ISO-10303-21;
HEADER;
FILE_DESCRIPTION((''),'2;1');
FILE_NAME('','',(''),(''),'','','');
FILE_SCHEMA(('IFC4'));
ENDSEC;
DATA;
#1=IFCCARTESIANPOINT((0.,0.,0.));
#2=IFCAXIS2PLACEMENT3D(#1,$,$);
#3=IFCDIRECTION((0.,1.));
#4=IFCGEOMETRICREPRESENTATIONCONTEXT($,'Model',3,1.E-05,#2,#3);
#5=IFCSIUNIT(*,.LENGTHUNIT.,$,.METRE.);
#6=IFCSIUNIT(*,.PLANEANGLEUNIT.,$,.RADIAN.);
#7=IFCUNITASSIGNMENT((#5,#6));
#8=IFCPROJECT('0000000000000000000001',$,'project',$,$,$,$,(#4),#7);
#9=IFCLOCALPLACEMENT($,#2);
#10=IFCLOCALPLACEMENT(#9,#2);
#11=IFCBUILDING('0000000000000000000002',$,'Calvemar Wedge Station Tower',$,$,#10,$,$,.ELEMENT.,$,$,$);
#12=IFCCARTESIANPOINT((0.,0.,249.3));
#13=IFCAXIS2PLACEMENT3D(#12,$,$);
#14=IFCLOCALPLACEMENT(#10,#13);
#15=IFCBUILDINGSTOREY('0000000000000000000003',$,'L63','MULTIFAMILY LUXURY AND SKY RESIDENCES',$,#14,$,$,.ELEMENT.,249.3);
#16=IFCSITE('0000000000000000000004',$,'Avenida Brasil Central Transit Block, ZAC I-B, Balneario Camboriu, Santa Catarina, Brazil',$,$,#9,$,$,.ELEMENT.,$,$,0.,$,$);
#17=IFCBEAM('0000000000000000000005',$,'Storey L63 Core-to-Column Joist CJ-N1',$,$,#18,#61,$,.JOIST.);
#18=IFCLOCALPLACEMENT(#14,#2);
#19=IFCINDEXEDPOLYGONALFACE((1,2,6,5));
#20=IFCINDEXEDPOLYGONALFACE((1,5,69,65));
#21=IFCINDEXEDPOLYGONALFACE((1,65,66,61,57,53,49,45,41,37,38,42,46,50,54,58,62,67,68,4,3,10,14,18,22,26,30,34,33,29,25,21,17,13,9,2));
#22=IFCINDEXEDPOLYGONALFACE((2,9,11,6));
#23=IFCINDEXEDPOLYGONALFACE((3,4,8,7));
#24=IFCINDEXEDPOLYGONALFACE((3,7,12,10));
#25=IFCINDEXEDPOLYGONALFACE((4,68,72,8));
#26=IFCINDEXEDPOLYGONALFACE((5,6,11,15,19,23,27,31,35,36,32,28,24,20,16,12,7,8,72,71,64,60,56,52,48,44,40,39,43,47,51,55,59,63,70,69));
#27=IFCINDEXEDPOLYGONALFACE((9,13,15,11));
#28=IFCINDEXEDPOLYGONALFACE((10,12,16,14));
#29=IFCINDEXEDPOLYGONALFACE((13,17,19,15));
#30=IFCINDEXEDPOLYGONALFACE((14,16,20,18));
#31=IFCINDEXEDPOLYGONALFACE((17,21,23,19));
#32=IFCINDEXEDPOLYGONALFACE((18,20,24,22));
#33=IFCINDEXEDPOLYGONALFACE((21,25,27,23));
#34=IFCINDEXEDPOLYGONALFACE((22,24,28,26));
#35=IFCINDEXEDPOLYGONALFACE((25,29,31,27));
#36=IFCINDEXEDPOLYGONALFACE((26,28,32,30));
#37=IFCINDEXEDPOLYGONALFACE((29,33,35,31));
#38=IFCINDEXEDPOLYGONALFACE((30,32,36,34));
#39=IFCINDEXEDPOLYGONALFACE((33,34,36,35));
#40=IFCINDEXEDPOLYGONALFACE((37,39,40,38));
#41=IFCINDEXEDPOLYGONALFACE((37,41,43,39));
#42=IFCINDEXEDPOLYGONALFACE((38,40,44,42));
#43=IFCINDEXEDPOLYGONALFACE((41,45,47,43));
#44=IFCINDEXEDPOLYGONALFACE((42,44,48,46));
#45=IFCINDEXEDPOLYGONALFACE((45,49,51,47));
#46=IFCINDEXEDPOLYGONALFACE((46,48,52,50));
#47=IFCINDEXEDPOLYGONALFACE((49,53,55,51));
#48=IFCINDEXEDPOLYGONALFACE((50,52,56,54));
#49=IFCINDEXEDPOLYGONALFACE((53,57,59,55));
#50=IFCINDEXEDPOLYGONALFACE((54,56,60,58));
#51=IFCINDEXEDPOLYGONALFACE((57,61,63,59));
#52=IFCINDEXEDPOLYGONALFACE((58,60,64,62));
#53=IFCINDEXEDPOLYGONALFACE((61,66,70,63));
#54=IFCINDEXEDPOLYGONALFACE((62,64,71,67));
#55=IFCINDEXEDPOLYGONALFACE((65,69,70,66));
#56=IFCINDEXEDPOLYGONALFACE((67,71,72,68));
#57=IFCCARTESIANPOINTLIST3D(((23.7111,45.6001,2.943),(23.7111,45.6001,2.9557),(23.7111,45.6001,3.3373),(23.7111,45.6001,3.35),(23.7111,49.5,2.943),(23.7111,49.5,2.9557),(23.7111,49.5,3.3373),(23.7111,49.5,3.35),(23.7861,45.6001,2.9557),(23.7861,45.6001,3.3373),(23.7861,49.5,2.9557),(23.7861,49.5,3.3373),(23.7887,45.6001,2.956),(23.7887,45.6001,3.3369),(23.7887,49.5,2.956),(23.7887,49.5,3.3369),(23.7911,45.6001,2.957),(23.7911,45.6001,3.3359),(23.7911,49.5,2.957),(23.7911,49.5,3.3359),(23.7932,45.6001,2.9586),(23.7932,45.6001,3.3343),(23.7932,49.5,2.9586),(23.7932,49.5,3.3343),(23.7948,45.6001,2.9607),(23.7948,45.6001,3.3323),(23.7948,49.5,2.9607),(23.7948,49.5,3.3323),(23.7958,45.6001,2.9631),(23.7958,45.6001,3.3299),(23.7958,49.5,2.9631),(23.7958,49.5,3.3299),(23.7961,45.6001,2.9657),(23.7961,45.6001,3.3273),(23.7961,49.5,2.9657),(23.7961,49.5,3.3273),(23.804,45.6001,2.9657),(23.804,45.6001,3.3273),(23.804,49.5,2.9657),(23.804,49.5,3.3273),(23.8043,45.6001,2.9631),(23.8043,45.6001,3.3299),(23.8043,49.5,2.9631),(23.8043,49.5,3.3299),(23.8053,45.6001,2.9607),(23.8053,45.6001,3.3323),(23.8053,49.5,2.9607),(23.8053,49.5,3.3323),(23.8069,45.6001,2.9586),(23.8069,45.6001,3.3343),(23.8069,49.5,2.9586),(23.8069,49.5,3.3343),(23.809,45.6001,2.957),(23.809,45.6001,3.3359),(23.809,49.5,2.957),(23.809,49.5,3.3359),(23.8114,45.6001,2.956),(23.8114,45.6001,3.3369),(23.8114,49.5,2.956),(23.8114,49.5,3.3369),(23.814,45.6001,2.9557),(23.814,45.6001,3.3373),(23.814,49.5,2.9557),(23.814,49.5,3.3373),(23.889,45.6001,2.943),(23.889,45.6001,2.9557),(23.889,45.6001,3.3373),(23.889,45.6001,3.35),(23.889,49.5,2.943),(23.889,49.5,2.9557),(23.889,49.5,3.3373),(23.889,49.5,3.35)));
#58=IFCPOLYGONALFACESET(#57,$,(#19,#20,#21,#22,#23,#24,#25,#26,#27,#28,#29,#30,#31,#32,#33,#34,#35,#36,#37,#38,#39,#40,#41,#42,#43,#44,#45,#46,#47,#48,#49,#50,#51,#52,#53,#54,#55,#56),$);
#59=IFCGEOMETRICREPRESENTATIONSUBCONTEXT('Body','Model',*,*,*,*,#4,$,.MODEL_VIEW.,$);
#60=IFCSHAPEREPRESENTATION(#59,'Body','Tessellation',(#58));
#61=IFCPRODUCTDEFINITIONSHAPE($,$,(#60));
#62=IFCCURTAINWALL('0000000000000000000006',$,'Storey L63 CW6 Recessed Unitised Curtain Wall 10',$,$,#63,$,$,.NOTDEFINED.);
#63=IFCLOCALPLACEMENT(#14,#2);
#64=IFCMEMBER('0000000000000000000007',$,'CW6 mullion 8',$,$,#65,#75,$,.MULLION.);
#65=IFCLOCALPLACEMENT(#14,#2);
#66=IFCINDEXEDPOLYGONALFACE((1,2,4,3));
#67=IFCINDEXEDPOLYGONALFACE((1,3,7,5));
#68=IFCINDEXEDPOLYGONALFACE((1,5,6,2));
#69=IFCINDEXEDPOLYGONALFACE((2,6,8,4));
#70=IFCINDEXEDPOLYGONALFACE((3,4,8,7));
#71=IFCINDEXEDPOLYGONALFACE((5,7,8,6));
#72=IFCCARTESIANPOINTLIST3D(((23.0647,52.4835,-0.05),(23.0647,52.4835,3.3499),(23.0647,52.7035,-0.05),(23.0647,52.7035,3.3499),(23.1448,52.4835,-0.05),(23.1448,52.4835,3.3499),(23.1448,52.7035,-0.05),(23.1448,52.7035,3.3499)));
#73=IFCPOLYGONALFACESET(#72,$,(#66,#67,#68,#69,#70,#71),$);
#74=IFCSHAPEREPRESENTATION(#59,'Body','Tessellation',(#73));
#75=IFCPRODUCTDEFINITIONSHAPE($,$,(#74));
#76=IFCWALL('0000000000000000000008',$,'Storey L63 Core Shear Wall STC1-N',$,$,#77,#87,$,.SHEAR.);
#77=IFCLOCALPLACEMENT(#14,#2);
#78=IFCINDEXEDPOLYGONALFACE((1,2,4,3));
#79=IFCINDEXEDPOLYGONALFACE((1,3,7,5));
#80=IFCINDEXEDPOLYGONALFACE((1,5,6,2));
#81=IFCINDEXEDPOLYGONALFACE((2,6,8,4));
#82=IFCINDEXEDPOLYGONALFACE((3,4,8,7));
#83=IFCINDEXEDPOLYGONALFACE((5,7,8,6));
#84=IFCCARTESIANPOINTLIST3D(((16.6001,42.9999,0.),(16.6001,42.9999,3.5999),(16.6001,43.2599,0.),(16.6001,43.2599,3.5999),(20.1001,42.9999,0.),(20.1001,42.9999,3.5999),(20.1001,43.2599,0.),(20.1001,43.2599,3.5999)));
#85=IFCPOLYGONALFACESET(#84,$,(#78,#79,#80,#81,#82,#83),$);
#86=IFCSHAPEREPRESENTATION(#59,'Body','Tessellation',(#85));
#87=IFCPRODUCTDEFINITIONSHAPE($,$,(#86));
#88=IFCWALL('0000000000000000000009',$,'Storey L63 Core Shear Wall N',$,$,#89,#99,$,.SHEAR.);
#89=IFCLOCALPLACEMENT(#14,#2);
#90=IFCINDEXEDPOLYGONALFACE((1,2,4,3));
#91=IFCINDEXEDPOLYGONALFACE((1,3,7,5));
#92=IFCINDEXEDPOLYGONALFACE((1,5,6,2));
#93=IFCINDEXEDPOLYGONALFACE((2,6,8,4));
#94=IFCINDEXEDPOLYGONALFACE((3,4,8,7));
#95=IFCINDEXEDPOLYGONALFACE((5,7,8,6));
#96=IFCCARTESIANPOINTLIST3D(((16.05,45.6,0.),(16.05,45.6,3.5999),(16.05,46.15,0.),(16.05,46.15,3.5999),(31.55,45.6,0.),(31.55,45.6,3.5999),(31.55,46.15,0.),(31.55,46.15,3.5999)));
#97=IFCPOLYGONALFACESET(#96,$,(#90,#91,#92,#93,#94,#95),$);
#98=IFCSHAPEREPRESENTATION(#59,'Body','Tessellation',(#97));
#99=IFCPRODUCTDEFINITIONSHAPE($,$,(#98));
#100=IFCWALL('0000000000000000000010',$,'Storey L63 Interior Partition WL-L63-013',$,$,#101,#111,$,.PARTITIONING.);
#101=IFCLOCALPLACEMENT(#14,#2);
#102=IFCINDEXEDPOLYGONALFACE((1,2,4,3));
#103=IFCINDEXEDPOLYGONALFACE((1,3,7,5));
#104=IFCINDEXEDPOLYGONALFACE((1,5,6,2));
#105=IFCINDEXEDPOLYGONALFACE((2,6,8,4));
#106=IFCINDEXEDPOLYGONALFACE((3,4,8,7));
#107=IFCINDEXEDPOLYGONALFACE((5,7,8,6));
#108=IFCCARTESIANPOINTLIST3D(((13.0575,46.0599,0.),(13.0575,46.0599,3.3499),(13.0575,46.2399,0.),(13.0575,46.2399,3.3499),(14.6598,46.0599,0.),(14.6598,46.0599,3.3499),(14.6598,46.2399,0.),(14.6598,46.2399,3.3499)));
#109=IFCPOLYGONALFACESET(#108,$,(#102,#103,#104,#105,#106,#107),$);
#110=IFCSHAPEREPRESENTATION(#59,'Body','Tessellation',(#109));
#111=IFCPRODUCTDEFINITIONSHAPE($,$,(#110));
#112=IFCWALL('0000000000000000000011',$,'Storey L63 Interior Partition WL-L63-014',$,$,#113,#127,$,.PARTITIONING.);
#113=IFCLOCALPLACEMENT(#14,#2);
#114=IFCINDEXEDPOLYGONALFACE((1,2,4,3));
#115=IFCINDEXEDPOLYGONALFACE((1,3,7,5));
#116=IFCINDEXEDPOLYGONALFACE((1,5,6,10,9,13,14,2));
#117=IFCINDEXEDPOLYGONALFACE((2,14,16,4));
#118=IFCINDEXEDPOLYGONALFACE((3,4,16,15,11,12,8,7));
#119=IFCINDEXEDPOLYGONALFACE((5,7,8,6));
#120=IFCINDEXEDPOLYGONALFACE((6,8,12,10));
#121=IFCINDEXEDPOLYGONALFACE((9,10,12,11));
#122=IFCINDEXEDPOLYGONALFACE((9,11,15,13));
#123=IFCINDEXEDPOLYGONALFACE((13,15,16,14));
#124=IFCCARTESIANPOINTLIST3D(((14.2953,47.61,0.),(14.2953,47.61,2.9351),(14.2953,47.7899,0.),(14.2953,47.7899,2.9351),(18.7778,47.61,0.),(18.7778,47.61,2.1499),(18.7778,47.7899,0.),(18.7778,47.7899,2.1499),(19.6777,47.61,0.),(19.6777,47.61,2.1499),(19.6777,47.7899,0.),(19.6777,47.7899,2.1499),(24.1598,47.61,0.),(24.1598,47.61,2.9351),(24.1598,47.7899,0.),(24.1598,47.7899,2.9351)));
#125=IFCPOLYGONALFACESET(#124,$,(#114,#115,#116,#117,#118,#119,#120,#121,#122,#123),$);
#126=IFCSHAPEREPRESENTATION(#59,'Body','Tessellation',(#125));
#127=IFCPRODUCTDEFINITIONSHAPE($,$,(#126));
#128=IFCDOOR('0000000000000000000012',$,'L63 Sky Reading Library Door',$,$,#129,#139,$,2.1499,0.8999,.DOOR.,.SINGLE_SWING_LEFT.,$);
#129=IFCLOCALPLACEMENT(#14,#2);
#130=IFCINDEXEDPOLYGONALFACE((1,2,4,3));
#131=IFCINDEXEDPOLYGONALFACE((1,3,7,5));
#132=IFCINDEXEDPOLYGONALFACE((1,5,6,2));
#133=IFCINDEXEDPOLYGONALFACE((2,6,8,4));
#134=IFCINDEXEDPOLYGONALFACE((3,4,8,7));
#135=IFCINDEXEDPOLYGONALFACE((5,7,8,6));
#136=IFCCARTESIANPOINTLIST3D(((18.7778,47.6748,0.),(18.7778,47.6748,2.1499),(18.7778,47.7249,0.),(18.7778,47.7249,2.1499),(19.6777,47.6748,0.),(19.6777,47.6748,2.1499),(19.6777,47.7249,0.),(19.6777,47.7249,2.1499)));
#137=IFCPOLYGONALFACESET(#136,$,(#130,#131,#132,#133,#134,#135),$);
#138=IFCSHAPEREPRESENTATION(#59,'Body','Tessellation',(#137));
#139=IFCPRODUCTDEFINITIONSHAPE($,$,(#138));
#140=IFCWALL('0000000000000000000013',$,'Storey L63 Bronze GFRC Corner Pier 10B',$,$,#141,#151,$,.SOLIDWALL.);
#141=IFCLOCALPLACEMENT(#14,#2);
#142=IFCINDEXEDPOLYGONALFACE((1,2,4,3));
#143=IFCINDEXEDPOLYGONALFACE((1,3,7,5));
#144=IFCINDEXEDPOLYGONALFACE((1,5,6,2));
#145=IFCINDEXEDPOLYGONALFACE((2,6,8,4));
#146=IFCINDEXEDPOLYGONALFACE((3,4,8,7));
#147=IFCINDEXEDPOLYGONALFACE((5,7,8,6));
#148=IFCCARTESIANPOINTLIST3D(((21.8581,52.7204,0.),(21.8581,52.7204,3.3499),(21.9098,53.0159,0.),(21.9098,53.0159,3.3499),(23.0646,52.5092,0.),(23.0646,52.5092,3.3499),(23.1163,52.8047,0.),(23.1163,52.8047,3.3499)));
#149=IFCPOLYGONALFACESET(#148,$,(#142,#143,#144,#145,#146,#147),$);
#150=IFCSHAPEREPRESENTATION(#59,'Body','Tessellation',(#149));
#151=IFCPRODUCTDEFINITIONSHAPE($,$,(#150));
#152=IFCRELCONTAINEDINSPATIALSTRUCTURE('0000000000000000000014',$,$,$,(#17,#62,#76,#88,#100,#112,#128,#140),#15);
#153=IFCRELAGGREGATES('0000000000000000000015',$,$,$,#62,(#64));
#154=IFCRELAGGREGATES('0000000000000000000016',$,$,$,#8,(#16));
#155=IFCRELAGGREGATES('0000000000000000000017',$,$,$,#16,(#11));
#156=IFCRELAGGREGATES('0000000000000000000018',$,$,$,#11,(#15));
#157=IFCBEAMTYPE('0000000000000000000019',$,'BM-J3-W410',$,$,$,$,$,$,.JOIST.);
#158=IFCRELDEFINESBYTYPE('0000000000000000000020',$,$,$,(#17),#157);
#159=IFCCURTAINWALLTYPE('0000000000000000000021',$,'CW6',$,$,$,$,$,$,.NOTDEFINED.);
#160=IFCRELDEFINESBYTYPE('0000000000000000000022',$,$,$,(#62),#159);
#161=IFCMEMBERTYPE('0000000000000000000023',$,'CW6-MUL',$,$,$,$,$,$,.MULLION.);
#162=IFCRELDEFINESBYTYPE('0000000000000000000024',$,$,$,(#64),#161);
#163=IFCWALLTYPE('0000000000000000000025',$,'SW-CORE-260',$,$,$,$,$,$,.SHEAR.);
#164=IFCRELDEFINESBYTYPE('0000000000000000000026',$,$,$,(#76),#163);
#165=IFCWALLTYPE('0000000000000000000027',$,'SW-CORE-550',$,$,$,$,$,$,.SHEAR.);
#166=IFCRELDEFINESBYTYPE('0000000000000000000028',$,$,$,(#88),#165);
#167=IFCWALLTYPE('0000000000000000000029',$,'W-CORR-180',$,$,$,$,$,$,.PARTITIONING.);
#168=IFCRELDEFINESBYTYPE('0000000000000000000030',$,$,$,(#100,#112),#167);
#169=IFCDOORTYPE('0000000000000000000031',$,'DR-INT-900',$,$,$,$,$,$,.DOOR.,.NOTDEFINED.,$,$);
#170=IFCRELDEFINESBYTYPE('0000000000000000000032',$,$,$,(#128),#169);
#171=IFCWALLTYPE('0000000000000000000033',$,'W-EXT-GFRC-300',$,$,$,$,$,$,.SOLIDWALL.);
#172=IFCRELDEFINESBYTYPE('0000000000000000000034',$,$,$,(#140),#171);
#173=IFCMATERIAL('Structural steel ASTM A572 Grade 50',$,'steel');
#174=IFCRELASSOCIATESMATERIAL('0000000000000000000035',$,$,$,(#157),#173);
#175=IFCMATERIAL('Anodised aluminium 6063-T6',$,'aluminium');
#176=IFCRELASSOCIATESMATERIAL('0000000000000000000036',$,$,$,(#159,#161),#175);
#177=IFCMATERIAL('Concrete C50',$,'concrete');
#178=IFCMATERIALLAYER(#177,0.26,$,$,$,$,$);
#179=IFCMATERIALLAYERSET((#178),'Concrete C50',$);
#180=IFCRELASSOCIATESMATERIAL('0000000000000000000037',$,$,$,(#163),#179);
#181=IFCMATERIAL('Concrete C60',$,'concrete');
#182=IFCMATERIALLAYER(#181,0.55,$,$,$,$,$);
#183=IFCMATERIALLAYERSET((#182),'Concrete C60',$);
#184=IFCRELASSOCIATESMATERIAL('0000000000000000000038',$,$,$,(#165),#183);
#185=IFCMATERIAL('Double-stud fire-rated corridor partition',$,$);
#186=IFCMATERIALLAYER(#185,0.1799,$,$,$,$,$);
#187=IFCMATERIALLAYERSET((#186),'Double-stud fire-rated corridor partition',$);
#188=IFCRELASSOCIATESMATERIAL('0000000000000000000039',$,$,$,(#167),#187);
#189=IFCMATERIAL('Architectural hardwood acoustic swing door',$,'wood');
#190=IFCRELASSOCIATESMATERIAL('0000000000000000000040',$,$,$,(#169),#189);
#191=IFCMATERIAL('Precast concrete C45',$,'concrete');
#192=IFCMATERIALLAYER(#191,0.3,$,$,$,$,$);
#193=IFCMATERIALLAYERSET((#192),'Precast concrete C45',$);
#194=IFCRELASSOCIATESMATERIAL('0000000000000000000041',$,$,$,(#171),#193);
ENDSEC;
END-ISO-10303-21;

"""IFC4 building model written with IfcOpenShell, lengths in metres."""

from ifc_helpers import new_model, si_unit, direction, frame, frame_2d, origin, origin_2d, place, context, subcontext, project, spatial, rectangle, i_section, extrude, source, transform, mapped, material, layer, layer_set, material_profile, profile_set, type_object, element, fill, aggregate, save


model = new_model("IFC4")

# Units and contexts
model_context = context("Model", 3, precision=1e-05, world=origin(), true_north=direction((0.0, 1.0)))
body_context = subcontext(model_context, "Body", "Model", "MODEL_VIEW")
ifc_project = project(units=[si_unit("LENGTHUNIT", "METRE"), si_unit("PLANEANGLEUNIT", "RADIAN")], contexts=[model_context])

# Site, building, storey
site_placement = place(None, origin())
site = spatial("IfcSite", under=ifc_project, at=site_placement, Name="Avenida Brasil Central Transit Block, ZAC I-B, Balneario Camboriu, Santa Catarina, Brazil", CompositionType="ELEMENT", RefElevation=0.0)
building_placement = place(site_placement, origin())
building = spatial("IfcBuilding", under=site, at=building_placement, Name="Calvemar Wedge Station Tower", CompositionType="ELEMENT")
storey_placement = place(building_placement, frame((0.0, 0.0, 249.3)))
storey = spatial("IfcBuildingStorey", under=building, at=storey_placement, Name="L63", Description="MULTIFAMILY LUXURY AND SKY RESIDENCES", CompositionType="ELEMENT", Elevation=249.3)

# Beam
ifc_material_1 = material(Name="Structural steel ASTM A572 Grade 50", Category="steel")
ifc_material_profile_1 = material_profile(ifc_material_1, i_section(OverallWidth=0.178, OverallDepth=0.407, WebThickness=0.0078, FlangeThickness=0.0127, FilletRadius=0.01, at=origin_2d()), Name="W410x60")
ifc_profile_set_1 = profile_set([ifc_material_profile_1], Name="Structural steel ASTM A572 Grade 50")
beam_type = type_object("IfcBeamType", Name="BM-J3-W410", PredefinedType="JOIST", material=ifc_profile_set_1)
shared_shape_1 = source(origin(), body_context, "Body", "SweptSolid", [
    extrude(i_section(OverallWidth=0.178, OverallDepth=0.407, WebThickness=0.0078, FlangeThickness=0.0127, FilletRadius=0.01, at=origin_2d()), origin(), (0.0, 0.0, 1.0), 3.8999),
])
beam_placement = place(storey_placement, frame((23.8, 45.6001, 3.1465), z_axis=(0.0, 1.0, 0.0), x_axis=(-1.0, 0.0, 0.0)))
element("IfcBeam", 1, at=beam_placement, inside=storey, type_object=beam_type, Name="Storey L63 Core-to-Column Joist CJ-N1", PredefinedType="JOIST", context=body_context, shape_type="MappedRepresentation", body=[
    mapped(shared_shape_1, transform((0.0, 0.0, 0.0), scale=1.0)),
])

# Curtain wall, member
ifc_material_2 = material(Name="Anodised aluminium 6063-T6", Category="aluminium")
curtain_wall_type = type_object("IfcCurtainWallType", Name="CW6", PredefinedType="NOTDEFINED", material=ifc_material_2)
curtain_wall_placement = place(storey_placement, origin())
curtain_wall = element("IfcCurtainWall", 2, at=curtain_wall_placement, inside=storey, type_object=curtain_wall_type, Name="Storey L63 CW6 Recessed Unitised Curtain Wall 10", PredefinedType="NOTDEFINED")
ifc_material_profile_2 = material_profile(ifc_material_2, rectangle(XDim=0.0801, YDim=0.22, at=origin_2d()), Name="AL-MUL-80x220")
ifc_profile_set_2 = profile_set([ifc_material_profile_2], Name="Anodised aluminium 6063-T6")
member_type = type_object("IfcMemberType", Name="CW6-MUL", PredefinedType="MULLION", material=ifc_profile_set_2)
shared_shape_2 = source(origin(), body_context, "Body", "SweptSolid", [
    extrude(rectangle(XDim=0.0801, YDim=0.22, at=origin_2d()), origin(), (0.0, 0.0, 1.0), 3.3999),
])
member_placement = place(storey_placement, frame((23.1047, 52.5935, -0.05), z_axis=(0.0, 0.0, 1.0), x_axis=(1.0, 0.0, 0.0)))
member = element("IfcMember", 3, at=member_placement, type_object=member_type, Name="CW6 mullion 8", PredefinedType="MULLION", context=body_context, shape_type="MappedRepresentation", body=[
    mapped(shared_shape_2, transform((0.0, 0.0, 0.0), scale=1.0)),
])
aggregate(curtain_wall, [member])

# Walls
ifc_material_3 = material(Name="Concrete C50", Category="concrete")
ifc_layer_1 = layer(ifc_material_3, 0.26)
ifc_layer_set_1 = layer_set([ifc_layer_1], Name="Concrete C50")
wall_type_1 = type_object("IfcWallType", Name="SW-CORE-260", PredefinedType="SHEAR", material=ifc_layer_set_1)
wall_1_placement = place(storey_placement, frame((16.6001, 43.1299, 0.0), z_axis=(0.0, 0.0, 1.0), x_axis=(1.0, 0.0, 0.0)))
element("IfcWall", 4, at=wall_1_placement, inside=storey, type_object=wall_type_1, Name="Storey L63 Core Shear Wall STC1-N", PredefinedType="SHEAR", context=body_context, shape_type="SweptSolid", body=[
    extrude(rectangle(XDim=3.5, YDim=0.26, at=frame_2d((1.75, 0.0))), origin(), (0.0, 0.0, 1.0), 3.5999),
])
ifc_material_4 = material(Name="Concrete C60", Category="concrete")
ifc_layer_2 = layer(ifc_material_4, 0.55)
ifc_layer_set_2 = layer_set([ifc_layer_2], Name="Concrete C60")
wall_type_2 = type_object("IfcWallType", Name="SW-CORE-550", PredefinedType="SHEAR", material=ifc_layer_set_2)
wall_2_placement = place(storey_placement, frame((16.05, 45.875, 0.0), z_axis=(0.0, 0.0, 1.0), x_axis=(1.0, 0.0, 0.0)))
element("IfcWall", 5, at=wall_2_placement, inside=storey, type_object=wall_type_2, Name="Storey L63 Core Shear Wall N", PredefinedType="SHEAR", context=body_context, shape_type="SweptSolid", body=[
    extrude(rectangle(XDim=15.5, YDim=0.55, at=frame_2d((7.75, 0.0))), origin(), (0.0, 0.0, 1.0), 3.5999),
])
ifc_material_5 = material(Name="Double-stud fire-rated corridor partition")
ifc_layer_3 = layer(ifc_material_5, 0.1799)
ifc_layer_set_3 = layer_set([ifc_layer_3], Name="Double-stud fire-rated corridor partition")
wall_type_3 = type_object("IfcWallType", Name="W-CORR-180", PredefinedType="PARTITIONING", material=ifc_layer_set_3)
wall_3_placement = place(storey_placement, frame((14.6599, 46.1499, 0.0), z_axis=(0.0, 0.0, 1.0), x_axis=(-1.0, 0.0, 0.0)))
element("IfcWall", 6, at=wall_3_placement, inside=storey, type_object=wall_type_3, Name="Storey L63 Interior Partition WL-L63-013", PredefinedType="PARTITIONING", context=body_context, shape_type="SweptSolid", body=[
    extrude(rectangle(XDim=1.6023, YDim=0.1799, at=frame_2d((0.8013, 0.0))), origin(), (0.0, 0.0, 1.0), 3.3499),
])

# Wall, opening, door
wall_4_placement = place(storey_placement, frame((14.2954, 47.7, 0.0), z_axis=(0.0, 0.0, 1.0), x_axis=(1.0, 0.0, 0.0)))
wall_4 = element("IfcWall", 7, at=wall_4_placement, inside=storey, type_object=wall_type_3, Name="Storey L63 Interior Partition WL-L63-014", PredefinedType="PARTITIONING", context=body_context, shape_type="SweptSolid", body=[
    extrude(rectangle(XDim=9.8645, YDim=0.1799, at=frame_2d((4.9321, 0.0))), origin(), (0.0, 0.0, 1.0), 2.9351),
])
shared_shape_3 = source(origin(), body_context, "Body", "SweptSolid", [
    extrude(rectangle(XDim=0.8999, YDim=2.1499, at=frame_2d((0.45, 1.075))), frame((0.0, 0.1001, 0.0), z_axis=(0.0, -1.0, 0.0), x_axis=(1.0, 0.0, 0.0)), (0.0, 0.0, 1.0), 0.2),
])
opening_1_placement = place(wall_4_placement, frame((4.4824, 0.0, 0.0)))
opening_1 = element("IfcOpeningElement", 8, at=opening_1_placement, cuts=wall_4, PredefinedType="OPENING", context=body_context, shape_type="MappedRepresentation", body=[
    mapped(shared_shape_3, transform((0.0, 0.0, 0.0), scale=1.0)),
])
ifc_material_6 = material(Name="Architectural hardwood acoustic swing door", Category="wood")
door_type_1 = type_object("IfcDoorType", Name="DR-INT-900", OperationType="NOTDEFINED", PredefinedType="DOOR", material=ifc_material_6)
shared_shape_4 = source(origin(), body_context, "Body", "SweptSolid", [
    extrude(rectangle(XDim=0.8999, YDim=2.1499, at=frame_2d((0.45, 1.075))), frame((0.0, 0.0249, 0.0), z_axis=(0.0, -1.0, 0.0), x_axis=(1.0, 0.0, 0.0)), (0.0, 0.0, 1.0), 0.05),
])
door_1_placement = place(opening_1_placement, origin())
door_1 = element("IfcDoor", 9, at=door_1_placement, inside=storey, type_object=door_type_1, Name="L63 Sky Reading Library Door", OperationType="SINGLE_SWING_LEFT", OverallHeight=2.1499, OverallWidth=0.8999, PredefinedType="DOOR", context=body_context, shape_type="MappedRepresentation", body=[
    mapped(shared_shape_4, transform((0.0, 0.0, 0.0), scale=1.0)),
])
fill(opening_1, door_1)

# Wall
ifc_material_7 = material(Name="Precast concrete C45", Category="concrete")
ifc_layer_4 = layer(ifc_material_7, 0.3)
ifc_layer_set_4 = layer_set([ifc_layer_4], Name="Precast concrete C45")
wall_type_4 = type_object("IfcWallType", Name="W-EXT-GFRC-300", PredefinedType="SOLIDWALL", material=ifc_layer_set_4)
wall_5_placement = place(storey_placement, frame((23.0903, 52.657, 0.0), z_axis=(0.0, 0.0, 1.0), x_axis=(-0.985025, 0.172409, 0.0)))
element("IfcWall", 10, at=wall_5_placement, inside=storey, type_object=wall_type_4, Name="Storey L63 Bronze GFRC Corner Pier 10B", PredefinedType="SOLIDWALL", context=body_context, shape_type="SweptSolid", body=[
    extrude(rectangle(XDim=1.2249, YDim=0.3, at=frame_2d((0.6123, 0.0))), origin(), (0.0, 0.0, 1.0), 3.3499),
])

save(model, "model.ifc")
